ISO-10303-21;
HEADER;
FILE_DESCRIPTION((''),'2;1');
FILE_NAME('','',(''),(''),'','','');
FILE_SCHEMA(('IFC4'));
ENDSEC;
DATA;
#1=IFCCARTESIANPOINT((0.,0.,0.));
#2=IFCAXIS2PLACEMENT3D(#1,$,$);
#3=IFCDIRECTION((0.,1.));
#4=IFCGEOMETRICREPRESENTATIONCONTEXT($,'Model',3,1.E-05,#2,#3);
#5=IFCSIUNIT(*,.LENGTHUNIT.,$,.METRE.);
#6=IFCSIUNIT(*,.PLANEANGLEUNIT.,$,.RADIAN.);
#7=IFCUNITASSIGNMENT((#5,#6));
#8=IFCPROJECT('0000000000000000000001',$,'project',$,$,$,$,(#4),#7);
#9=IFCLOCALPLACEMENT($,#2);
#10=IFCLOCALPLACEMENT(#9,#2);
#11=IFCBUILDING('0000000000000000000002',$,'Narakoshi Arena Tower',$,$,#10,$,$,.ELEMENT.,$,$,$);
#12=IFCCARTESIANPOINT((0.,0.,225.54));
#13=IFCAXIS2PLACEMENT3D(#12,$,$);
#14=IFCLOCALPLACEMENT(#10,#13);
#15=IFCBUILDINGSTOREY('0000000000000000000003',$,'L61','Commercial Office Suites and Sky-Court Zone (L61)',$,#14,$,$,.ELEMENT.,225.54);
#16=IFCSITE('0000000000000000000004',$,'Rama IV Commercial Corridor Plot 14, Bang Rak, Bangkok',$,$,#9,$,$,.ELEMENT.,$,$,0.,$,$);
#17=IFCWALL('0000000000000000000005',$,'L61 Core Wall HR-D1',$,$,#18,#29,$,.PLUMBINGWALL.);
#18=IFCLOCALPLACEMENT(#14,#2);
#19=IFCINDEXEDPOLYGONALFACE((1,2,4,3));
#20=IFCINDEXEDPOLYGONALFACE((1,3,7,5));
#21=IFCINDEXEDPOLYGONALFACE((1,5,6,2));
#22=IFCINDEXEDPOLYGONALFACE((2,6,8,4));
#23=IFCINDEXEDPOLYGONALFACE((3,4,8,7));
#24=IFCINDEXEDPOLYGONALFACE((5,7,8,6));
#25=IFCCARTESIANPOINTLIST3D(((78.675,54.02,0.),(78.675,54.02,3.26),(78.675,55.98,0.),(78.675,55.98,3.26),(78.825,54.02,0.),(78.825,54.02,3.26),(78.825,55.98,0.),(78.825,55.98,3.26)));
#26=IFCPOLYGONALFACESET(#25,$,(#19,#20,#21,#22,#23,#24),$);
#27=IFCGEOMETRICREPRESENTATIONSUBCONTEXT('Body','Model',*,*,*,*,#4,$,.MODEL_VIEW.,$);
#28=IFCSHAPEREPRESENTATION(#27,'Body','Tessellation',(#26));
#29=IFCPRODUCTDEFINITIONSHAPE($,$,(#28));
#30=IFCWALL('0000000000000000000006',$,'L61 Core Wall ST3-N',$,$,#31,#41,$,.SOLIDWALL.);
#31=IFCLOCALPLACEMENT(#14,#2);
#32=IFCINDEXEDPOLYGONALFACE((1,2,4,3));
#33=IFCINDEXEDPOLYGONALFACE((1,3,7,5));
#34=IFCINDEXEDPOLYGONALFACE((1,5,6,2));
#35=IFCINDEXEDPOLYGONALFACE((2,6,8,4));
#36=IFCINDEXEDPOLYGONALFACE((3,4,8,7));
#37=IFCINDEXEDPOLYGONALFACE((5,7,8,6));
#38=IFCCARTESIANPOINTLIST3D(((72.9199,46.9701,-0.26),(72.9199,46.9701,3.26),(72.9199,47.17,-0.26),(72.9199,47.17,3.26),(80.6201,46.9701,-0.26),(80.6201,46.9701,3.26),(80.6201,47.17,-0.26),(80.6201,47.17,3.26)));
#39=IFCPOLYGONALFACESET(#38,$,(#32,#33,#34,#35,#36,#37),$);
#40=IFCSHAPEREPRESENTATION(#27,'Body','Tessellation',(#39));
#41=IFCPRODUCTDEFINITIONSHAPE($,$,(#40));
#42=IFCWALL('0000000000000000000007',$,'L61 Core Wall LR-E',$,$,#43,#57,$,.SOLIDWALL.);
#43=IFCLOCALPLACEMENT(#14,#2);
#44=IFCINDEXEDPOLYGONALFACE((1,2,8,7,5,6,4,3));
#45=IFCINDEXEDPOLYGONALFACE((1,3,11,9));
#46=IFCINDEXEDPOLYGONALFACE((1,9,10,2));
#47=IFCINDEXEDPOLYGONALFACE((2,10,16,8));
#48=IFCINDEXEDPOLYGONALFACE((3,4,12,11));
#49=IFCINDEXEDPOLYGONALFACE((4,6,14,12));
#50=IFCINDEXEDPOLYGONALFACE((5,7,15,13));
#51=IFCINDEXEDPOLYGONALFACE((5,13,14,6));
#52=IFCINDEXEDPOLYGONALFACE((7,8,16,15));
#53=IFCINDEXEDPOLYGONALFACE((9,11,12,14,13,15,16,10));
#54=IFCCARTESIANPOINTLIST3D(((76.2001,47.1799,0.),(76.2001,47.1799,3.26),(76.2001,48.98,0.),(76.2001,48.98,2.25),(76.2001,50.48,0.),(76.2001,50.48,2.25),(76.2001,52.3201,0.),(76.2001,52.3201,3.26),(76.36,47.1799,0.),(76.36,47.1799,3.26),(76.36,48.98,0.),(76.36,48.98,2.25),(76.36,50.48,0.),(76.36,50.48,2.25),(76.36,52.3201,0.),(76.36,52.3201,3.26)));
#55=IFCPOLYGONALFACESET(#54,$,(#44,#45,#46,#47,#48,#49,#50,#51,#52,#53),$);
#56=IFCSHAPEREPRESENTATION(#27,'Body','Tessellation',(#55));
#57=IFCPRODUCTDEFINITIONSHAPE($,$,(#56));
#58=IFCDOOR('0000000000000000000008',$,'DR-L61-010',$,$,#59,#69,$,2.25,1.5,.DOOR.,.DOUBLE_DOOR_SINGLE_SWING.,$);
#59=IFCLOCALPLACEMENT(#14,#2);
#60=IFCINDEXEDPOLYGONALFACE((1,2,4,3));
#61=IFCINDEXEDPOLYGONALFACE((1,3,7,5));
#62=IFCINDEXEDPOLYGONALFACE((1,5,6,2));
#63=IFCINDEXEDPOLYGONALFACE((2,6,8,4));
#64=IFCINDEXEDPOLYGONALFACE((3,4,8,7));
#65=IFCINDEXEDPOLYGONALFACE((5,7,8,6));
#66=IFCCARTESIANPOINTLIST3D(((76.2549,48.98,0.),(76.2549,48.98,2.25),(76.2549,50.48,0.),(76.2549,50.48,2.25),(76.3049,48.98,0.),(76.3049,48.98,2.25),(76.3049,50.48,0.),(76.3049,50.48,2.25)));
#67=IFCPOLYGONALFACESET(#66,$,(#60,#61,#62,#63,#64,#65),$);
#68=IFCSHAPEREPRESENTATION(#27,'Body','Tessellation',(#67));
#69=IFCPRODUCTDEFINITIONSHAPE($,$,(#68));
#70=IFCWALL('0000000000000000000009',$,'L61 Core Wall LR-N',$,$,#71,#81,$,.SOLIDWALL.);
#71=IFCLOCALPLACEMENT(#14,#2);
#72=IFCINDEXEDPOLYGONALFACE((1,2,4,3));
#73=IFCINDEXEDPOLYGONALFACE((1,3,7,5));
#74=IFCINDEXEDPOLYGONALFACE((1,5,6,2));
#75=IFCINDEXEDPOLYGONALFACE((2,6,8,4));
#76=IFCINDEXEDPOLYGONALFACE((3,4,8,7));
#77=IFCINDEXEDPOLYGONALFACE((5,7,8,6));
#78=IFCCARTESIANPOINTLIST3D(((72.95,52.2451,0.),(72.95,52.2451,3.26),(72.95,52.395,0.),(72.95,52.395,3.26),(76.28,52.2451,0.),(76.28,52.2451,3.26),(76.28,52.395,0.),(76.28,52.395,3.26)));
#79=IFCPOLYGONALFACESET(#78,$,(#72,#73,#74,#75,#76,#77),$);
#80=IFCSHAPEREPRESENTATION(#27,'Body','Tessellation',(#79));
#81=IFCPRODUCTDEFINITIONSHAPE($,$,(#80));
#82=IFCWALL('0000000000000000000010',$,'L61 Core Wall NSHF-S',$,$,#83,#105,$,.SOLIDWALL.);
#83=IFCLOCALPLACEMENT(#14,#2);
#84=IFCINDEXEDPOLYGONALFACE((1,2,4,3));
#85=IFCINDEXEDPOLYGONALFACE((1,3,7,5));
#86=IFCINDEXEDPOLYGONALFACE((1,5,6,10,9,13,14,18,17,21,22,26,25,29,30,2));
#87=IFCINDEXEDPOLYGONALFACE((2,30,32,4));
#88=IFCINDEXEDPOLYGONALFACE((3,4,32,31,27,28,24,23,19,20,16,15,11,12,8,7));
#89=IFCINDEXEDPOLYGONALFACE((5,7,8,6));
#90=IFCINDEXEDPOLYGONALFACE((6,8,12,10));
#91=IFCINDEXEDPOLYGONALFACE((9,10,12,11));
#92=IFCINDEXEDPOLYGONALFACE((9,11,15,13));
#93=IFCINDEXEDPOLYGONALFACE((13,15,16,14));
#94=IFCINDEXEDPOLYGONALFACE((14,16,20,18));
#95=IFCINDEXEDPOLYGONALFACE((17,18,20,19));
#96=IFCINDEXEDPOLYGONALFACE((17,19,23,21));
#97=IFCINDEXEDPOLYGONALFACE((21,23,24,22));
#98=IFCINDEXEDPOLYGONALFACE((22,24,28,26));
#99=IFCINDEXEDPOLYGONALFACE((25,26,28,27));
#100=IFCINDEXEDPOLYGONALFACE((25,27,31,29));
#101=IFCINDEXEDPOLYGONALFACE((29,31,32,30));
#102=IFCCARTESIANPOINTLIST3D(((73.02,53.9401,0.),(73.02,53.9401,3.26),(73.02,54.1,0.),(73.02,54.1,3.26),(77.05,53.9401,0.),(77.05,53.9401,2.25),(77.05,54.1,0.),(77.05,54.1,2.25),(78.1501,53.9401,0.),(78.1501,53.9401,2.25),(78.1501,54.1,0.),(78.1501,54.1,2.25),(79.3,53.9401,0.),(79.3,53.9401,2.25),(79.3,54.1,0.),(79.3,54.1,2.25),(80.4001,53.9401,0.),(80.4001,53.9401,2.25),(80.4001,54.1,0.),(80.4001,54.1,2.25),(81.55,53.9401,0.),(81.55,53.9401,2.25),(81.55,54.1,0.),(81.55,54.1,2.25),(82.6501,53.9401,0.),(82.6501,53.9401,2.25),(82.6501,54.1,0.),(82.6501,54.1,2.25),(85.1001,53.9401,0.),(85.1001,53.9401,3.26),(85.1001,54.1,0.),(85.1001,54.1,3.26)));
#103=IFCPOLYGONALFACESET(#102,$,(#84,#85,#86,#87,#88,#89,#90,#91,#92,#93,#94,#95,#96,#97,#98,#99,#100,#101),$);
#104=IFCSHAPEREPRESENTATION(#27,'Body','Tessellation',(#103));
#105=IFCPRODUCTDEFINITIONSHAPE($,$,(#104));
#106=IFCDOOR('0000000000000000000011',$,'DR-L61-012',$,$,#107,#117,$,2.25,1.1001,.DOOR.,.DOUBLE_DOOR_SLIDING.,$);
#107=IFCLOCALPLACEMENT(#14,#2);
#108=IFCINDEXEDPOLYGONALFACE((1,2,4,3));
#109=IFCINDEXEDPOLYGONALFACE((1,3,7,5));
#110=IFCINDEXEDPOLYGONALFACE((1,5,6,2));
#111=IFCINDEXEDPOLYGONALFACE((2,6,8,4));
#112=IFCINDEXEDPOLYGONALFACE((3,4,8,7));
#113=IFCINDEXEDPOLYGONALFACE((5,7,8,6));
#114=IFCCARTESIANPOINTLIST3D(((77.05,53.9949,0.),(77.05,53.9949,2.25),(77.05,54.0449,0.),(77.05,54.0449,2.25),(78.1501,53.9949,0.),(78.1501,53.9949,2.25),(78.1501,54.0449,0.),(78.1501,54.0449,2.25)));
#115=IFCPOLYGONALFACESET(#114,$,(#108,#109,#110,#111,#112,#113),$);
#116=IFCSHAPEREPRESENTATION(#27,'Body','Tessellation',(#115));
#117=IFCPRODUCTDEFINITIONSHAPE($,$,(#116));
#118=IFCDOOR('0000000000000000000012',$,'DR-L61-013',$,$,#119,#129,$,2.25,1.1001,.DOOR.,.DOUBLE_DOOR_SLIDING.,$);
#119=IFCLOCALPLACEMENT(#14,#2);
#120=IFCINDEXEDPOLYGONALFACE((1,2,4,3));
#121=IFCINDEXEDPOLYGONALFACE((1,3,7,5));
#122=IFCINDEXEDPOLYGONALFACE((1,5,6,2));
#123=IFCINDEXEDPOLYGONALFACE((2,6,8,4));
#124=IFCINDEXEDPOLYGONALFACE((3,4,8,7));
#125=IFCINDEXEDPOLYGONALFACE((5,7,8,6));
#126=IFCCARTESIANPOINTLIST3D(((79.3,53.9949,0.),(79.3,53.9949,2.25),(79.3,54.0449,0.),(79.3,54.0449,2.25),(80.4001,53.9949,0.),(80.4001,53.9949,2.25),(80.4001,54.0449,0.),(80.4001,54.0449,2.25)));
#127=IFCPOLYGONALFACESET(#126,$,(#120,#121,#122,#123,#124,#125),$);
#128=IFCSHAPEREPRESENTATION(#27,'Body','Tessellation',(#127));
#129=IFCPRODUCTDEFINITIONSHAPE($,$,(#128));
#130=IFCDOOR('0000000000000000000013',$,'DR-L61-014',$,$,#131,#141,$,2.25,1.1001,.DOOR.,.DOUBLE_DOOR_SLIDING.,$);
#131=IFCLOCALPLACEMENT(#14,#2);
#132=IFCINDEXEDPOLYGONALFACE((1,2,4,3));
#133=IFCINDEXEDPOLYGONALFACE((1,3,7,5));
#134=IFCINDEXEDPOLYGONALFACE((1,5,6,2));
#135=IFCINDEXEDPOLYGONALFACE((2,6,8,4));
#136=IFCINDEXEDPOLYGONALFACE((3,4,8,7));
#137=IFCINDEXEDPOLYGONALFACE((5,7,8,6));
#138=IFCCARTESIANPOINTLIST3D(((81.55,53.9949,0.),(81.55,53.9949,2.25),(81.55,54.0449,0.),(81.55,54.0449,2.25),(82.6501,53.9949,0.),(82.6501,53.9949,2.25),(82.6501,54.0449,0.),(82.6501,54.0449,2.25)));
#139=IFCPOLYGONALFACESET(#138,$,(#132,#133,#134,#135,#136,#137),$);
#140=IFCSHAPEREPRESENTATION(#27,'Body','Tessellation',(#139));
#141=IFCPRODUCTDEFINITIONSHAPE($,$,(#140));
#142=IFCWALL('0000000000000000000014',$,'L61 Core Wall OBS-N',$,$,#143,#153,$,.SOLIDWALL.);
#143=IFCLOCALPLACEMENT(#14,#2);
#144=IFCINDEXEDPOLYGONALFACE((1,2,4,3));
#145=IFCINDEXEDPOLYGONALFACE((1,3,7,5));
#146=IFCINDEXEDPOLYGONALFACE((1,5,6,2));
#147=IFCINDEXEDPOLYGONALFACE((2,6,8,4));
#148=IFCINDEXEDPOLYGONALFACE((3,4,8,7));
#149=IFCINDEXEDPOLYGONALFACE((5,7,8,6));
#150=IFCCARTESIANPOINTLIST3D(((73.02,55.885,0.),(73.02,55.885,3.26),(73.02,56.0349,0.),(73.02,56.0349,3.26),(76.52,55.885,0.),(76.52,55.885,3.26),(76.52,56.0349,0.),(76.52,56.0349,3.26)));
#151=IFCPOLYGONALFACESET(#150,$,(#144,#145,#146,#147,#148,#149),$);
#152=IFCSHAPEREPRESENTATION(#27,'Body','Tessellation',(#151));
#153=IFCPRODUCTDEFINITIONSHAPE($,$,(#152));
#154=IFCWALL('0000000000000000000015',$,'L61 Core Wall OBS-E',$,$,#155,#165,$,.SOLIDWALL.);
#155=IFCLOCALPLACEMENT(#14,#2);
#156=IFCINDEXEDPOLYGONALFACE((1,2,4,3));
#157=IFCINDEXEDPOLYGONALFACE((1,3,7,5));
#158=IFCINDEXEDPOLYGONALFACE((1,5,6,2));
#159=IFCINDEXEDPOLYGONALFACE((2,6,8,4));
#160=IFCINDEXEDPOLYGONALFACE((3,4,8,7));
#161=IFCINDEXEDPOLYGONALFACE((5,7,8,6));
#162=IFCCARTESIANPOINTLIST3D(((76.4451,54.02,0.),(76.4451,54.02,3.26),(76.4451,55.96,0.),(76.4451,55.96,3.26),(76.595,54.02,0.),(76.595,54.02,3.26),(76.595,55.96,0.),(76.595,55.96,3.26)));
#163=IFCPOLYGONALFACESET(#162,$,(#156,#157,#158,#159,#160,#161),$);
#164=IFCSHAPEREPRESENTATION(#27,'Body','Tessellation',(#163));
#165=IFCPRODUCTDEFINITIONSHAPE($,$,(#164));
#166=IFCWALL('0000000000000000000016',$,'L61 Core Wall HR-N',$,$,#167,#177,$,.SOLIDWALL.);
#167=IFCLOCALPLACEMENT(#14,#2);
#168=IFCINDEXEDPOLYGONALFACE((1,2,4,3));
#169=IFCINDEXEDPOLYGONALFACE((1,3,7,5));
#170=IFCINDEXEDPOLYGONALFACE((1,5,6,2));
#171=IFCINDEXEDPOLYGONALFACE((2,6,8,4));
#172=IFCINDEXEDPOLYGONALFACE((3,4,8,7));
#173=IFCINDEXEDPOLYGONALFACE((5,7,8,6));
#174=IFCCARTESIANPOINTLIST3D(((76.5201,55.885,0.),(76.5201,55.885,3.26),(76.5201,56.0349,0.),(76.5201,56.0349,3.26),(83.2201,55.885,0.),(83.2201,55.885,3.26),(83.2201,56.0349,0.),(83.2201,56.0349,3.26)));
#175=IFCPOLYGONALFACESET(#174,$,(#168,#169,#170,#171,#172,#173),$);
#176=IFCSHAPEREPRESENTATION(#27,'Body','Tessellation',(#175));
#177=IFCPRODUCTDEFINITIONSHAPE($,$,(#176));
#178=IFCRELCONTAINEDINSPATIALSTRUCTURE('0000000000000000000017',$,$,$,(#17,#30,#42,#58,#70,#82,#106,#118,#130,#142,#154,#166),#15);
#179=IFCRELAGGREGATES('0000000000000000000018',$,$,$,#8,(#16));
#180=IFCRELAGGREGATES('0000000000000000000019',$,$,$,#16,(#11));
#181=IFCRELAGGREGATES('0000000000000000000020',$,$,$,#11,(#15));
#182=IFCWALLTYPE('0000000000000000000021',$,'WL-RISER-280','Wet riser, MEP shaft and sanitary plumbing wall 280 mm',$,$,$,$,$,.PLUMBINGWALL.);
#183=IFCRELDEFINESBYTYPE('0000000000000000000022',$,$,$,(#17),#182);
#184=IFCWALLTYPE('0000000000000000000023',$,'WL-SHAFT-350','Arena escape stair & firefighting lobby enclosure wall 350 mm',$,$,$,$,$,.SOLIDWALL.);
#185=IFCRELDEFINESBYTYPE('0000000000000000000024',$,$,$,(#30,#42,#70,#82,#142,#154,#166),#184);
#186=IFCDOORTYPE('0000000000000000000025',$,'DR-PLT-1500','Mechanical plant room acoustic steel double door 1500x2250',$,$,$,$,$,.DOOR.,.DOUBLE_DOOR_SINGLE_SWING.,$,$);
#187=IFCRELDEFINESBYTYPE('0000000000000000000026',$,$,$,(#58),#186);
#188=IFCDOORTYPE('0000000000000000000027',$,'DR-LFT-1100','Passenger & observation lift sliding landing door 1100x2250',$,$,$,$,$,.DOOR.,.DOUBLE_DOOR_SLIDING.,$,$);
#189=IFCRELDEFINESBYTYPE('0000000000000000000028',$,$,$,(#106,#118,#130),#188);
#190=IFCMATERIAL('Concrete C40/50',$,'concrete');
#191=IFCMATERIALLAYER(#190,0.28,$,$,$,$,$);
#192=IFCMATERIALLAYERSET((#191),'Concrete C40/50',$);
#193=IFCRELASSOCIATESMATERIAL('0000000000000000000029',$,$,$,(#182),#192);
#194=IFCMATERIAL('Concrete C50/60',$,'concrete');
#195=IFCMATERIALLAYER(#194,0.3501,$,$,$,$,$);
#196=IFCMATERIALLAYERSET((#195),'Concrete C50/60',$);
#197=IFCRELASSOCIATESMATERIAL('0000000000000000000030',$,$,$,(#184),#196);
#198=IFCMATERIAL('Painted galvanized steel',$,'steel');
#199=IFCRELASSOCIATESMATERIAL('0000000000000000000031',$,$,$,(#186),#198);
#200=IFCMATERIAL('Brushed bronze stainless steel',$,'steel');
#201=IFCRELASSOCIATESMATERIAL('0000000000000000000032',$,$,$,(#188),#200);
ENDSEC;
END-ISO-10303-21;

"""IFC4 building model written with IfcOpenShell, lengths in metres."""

from ifc_helpers import new_model, si_unit, direction, frame, frame_2d, origin, place, context, subcontext, project, spatial, rectangle, extrude, material, layer, layer_set, type_object, element, fill, save


model = new_model("IFC4")

# Units and contexts
model_context = context("Model", 3, precision=1e-05, world=origin(), true_north=direction((0.0, 1.0)))
body_context = subcontext(model_context, "Body", "Model", "MODEL_VIEW")
ifc_project = project(units=[si_unit("LENGTHUNIT", "METRE"), si_unit("PLANEANGLEUNIT", "RADIAN")], contexts=[model_context])

# Site, building, storey
site_placement = place(None, origin())
site = spatial("IfcSite", under=ifc_project, at=site_placement, Name="Rama IV Commercial Corridor Plot 14, Bang Rak, Bangkok", CompositionType="ELEMENT", RefElevation=0.0)
building_placement = place(site_placement, origin())
building = spatial("IfcBuilding", under=site, at=building_placement, Name="Narakoshi Arena Tower", CompositionType="ELEMENT")
storey_placement = place(building_placement, frame((0.0, 0.0, 225.54)))
storey = spatial("IfcBuildingStorey", under=building, at=storey_placement, Name="L61", Description="Commercial Office Suites and Sky-Court Zone (L61)", CompositionType="ELEMENT", Elevation=225.54)

# Walls
ifc_material_1 = material(Name="Concrete C40/50", Category="concrete")
ifc_layer_1 = layer(ifc_material_1, 0.28)
ifc_layer_set_1 = layer_set([ifc_layer_1], Name="Concrete C40/50")
wall_type_1 = type_object("IfcWallType", Name="WL-RISER-280", Description="Wet riser, MEP shaft and sanitary plumbing wall 280 mm", PredefinedType="PLUMBINGWALL", material=ifc_layer_set_1)
wall_1_placement = place(storey_placement, frame((78.75, 54.02, 0.0), z_axis=(0.0, 0.0, 1.0), x_axis=(0.0, 1.0, 0.0)))
element("IfcWall", 1, at=wall_1_placement, inside=storey, type_object=wall_type_1, Name="L61 Core Wall HR-D1", PredefinedType="PLUMBINGWALL", context=body_context, shape_type="SweptSolid", body=[
    extrude(rectangle(XDim=1.96, YDim=0.1499, at=frame_2d((0.98, 0.0))), origin(), (0.0, 0.0, 1.0), 3.26),
])
ifc_material_2 = material(Name="Concrete C50/60", Category="concrete")
ifc_layer_2 = layer(ifc_material_2, 0.3501)
ifc_layer_set_2 = layer_set([ifc_layer_2], Name="Concrete C50/60")
wall_type_2 = type_object("IfcWallType", Name="WL-SHAFT-350", Description="Arena escape stair & firefighting lobby enclosure wall 350 mm", PredefinedType="SOLIDWALL", material=ifc_layer_set_2)
wall_2_placement = place(storey_placement, frame((72.9199, 47.0701, -0.26), z_axis=(0.0, 0.0, 1.0), x_axis=(1.0, 0.0, 0.0)))
element("IfcWall", 2, at=wall_2_placement, inside=storey, type_object=wall_type_2, Name="L61 Core Wall ST3-N", PredefinedType="SOLIDWALL", context=body_context, shape_type="SweptSolid", body=[
    extrude(rectangle(XDim=7.7002, YDim=0.2, at=frame_2d((3.8501, 0.0))), origin(), (0.0, 0.0, 1.0), 3.52),
])

# Wall, opening, door
wall_3_placement = place(storey_placement, frame((76.28, 47.1799, 0.0), z_axis=(0.0, 0.0, 1.0), x_axis=(0.0, 1.0, 0.0)))
wall_3 = element("IfcWall", 3, at=wall_3_placement, inside=storey, type_object=wall_type_2, Name="L61 Core Wall LR-E", PredefinedType="SOLIDWALL", context=body_context, shape_type="SweptSolid", body=[
    extrude(rectangle(XDim=5.1401, YDim=0.1599, at=frame_2d((2.5701, 0.0))), origin(), (0.0, 0.0, 1.0), 3.26),
])
opening_1_placement = place(wall_3_placement, frame((1.8, 0.0, 0.0)))
opening_1 = element("IfcOpeningElement", 4, at=opening_1_placement, cuts=wall_3, PredefinedType="OPENING", context=body_context, shape_type="SweptSolid", body=[
    extrude(rectangle(XDim=1.5, YDim=2.25, at=frame_2d((0.75, 1.125))), frame((0.0, 0.0898, 0.0), z_axis=(0.0, -1.0, 0.0), x_axis=(1.0, 0.0, 0.0)), (0.0, 0.0, 1.0), 0.1799),
])
ifc_material_3 = material(Name="Painted galvanized steel", Category="steel")
door_type_1 = type_object("IfcDoorType", Name="DR-PLT-1500", Description="Mechanical plant room acoustic steel double door 1500x2250", OperationType="DOUBLE_DOOR_SINGLE_SWING", PredefinedType="DOOR", material=ifc_material_3)
door_1_placement = place(opening_1_placement, frame((1.5, 0.0, 0.0), z_axis=(0.0, 0.0, 1.0), x_axis=(-1.0, 0.0, 0.0)))
door_1 = element("IfcDoor", 5, at=door_1_placement, inside=storey, type_object=door_type_1, Name="DR-L61-010", OperationType="DOUBLE_DOOR_SINGLE_SWING", OverallHeight=2.25, OverallWidth=1.5, PredefinedType="DOOR", context=body_context, shape_type="SweptSolid", body=[
    extrude(rectangle(XDim=1.5, YDim=2.25, at=frame_2d((0.75, 1.125))), frame((0.0, 0.0249, 0.0), z_axis=(0.0, -1.0, 0.0), x_axis=(1.0, 0.0, 0.0)), (0.0, 0.0, 1.0), 0.05),
])
fill(opening_1, door_1)

# Wall
wall_4_placement = place(storey_placement, frame((72.95, 52.3201, 0.0), z_axis=(0.0, 0.0, 1.0), x_axis=(1.0, 0.0, 0.0)))
element("IfcWall", 6, at=wall_4_placement, inside=storey, type_object=wall_type_2, Name="L61 Core Wall LR-N", PredefinedType="SOLIDWALL", context=body_context, shape_type="SweptSolid", body=[
    extrude(rectangle(XDim=3.3301, YDim=0.1499, at=frame_2d((1.665, 0.0))), origin(), (0.0, 0.0, 1.0), 3.26),
])

# Wall, openings, doors
wall_5_placement = place(storey_placement, frame((73.02, 54.02, 0.0), z_axis=(0.0, 0.0, 1.0), x_axis=(1.0, 0.0, 0.0)))
wall_5 = element("IfcWall", 7, at=wall_5_placement, inside=storey, type_object=wall_type_2, Name="L61 Core Wall NSHF-S", PredefinedType="SOLIDWALL", context=body_context, shape_type="SweptSolid", body=[
    extrude(rectangle(XDim=12.0801, YDim=0.1599, at=frame_2d((6.04, 0.0))), origin(), (0.0, 0.0, 1.0), 3.26),
])
opening_2_placement = place(wall_5_placement, frame((4.03, 0.0, 0.0)))
opening_2 = element("IfcOpeningElement", 8, at=opening_2_placement, cuts=wall_5, PredefinedType="OPENING", context=body_context, shape_type="SweptSolid", body=[
    extrude(rectangle(XDim=1.1001, YDim=2.25, at=frame_2d((0.55, 1.125))), frame((0.0, 0.0898, 0.0), z_axis=(0.0, -1.0, 0.0), x_axis=(1.0, 0.0, 0.0)), (0.0, 0.0, 1.0), 0.1799),
])
opening_3_placement = place(wall_5_placement, frame((6.28, 0.0, 0.0)))
opening_3 = element("IfcOpeningElement", 9, at=opening_3_placement, cuts=wall_5, PredefinedType="OPENING", context=body_context, shape_type="SweptSolid", body=[
    extrude(rectangle(XDim=1.1001, YDim=2.25, at=frame_2d((0.55, 1.125))), frame((0.0, 0.0898, 0.0), z_axis=(0.0, -1.0, 0.0), x_axis=(1.0, 0.0, 0.0)), (0.0, 0.0, 1.0), 0.1799),
])
opening_4_placement = place(wall_5_placement, frame((8.53, 0.0, 0.0)))
opening_4 = element("IfcOpeningElement", 10, at=opening_4_placement, cuts=wall_5, PredefinedType="OPENING", context=body_context, shape_type="SweptSolid", body=[
    extrude(rectangle(XDim=1.1001, YDim=2.25, at=frame_2d((0.55, 1.125))), frame((0.0, 0.0898, 0.0), z_axis=(0.0, -1.0, 0.0), x_axis=(1.0, 0.0, 0.0)), (0.0, 0.0, 1.0), 0.1799),
])
ifc_material_4 = material(Name="Brushed bronze stainless steel", Category="steel")
door_type_2 = type_object("IfcDoorType", Name="DR-LFT-1100", Description="Passenger & observation lift sliding landing door 1100x2250", OperationType="DOUBLE_DOOR_SLIDING", PredefinedType="DOOR", material=ifc_material_4)
door_2_placement = place(opening_2_placement, origin())
door_2 = element("IfcDoor", 11, at=door_2_placement, inside=storey, type_object=door_type_2, Name="DR-L61-012", OperationType="DOUBLE_DOOR_SLIDING", OverallHeight=2.25, OverallWidth=1.1001, PredefinedType="DOOR", context=body_context, shape_type="SweptSolid", body=[
    extrude(rectangle(XDim=1.1001, YDim=2.25, at=frame_2d((0.55, 1.125))), frame((0.0, 0.0249, 0.0), z_axis=(0.0, -1.0, 0.0), x_axis=(1.0, 0.0, 0.0)), (0.0, 0.0, 1.0), 0.05),
])
fill(opening_2, door_2)
door_3_placement = place(opening_3_placement, origin())
door_3 = element("IfcDoor", 12, at=door_3_placement, inside=storey, type_object=door_type_2, Name="DR-L61-013", OperationType="DOUBLE_DOOR_SLIDING", OverallHeight=2.25, OverallWidth=1.1001, PredefinedType="DOOR", context=body_context, shape_type="SweptSolid", body=[
    extrude(rectangle(XDim=1.1001, YDim=2.25, at=frame_2d((0.55, 1.125))), frame((0.0, 0.0249, 0.0), z_axis=(0.0, -1.0, 0.0), x_axis=(1.0, 0.0, 0.0)), (0.0, 0.0, 1.0), 0.05),
])
fill(opening_3, door_3)
door_4_placement = place(opening_4_placement, origin())
door_4 = element("IfcDoor", 13, at=door_4_placement, inside=storey, type_object=door_type_2, Name="DR-L61-014", OperationType="DOUBLE_DOOR_SLIDING", OverallHeight=2.25, OverallWidth=1.1001, PredefinedType="DOOR", context=body_context, shape_type="SweptSolid", body=[
    extrude(rectangle(XDim=1.1001, YDim=2.25, at=frame_2d((0.55, 1.125))), frame((0.0, 0.0249, 0.0), z_axis=(0.0, -1.0, 0.0), x_axis=(1.0, 0.0, 0.0)), (0.0, 0.0, 1.0), 0.05),
])
fill(opening_4, door_4)

# Walls
wall_6_placement = place(storey_placement, frame((73.02, 55.96, 0.0), z_axis=(0.0, 0.0, 1.0), x_axis=(1.0, 0.0, 0.0)))
element("IfcWall", 14, at=wall_6_placement, inside=storey, type_object=wall_type_2, Name="L61 Core Wall OBS-N", PredefinedType="SOLIDWALL", context=body_context, shape_type="SweptSolid", body=[
    extrude(rectangle(XDim=3.5, YDim=0.1499, at=frame_2d((1.75, 0.0))), origin(), (0.0, 0.0, 1.0), 3.26),
])
wall_7_placement = place(storey_placement, frame((76.52, 54.02, 0.0), z_axis=(0.0, 0.0, 1.0), x_axis=(0.0, 1.0, 0.0)))
element("IfcWall", 15, at=wall_7_placement, inside=storey, type_object=wall_type_2, Name="L61 Core Wall OBS-E", PredefinedType="SOLIDWALL", context=body_context, shape_type="SweptSolid", body=[
    extrude(rectangle(XDim=1.9399, YDim=0.1499, at=frame_2d((0.97, 0.0))), origin(), (0.0, 0.0, 1.0), 3.26),
])
wall_8_placement = place(storey_placement, frame((76.52, 55.96, 0.0), z_axis=(0.0, 0.0, 1.0), x_axis=(1.0, 0.0, 0.0)))
element("IfcWall", 16, at=wall_8_placement, inside=storey, type_object=wall_type_2, Name="L61 Core Wall HR-N", PredefinedType="SOLIDWALL", context=body_context, shape_type="SweptSolid", body=[
    extrude(rectangle(XDim=6.7, YDim=0.1499, at=frame_2d((3.3501, 0.0))), origin(), (0.0, 0.0, 1.0), 3.26),
])

save(model, "model.ifc")
